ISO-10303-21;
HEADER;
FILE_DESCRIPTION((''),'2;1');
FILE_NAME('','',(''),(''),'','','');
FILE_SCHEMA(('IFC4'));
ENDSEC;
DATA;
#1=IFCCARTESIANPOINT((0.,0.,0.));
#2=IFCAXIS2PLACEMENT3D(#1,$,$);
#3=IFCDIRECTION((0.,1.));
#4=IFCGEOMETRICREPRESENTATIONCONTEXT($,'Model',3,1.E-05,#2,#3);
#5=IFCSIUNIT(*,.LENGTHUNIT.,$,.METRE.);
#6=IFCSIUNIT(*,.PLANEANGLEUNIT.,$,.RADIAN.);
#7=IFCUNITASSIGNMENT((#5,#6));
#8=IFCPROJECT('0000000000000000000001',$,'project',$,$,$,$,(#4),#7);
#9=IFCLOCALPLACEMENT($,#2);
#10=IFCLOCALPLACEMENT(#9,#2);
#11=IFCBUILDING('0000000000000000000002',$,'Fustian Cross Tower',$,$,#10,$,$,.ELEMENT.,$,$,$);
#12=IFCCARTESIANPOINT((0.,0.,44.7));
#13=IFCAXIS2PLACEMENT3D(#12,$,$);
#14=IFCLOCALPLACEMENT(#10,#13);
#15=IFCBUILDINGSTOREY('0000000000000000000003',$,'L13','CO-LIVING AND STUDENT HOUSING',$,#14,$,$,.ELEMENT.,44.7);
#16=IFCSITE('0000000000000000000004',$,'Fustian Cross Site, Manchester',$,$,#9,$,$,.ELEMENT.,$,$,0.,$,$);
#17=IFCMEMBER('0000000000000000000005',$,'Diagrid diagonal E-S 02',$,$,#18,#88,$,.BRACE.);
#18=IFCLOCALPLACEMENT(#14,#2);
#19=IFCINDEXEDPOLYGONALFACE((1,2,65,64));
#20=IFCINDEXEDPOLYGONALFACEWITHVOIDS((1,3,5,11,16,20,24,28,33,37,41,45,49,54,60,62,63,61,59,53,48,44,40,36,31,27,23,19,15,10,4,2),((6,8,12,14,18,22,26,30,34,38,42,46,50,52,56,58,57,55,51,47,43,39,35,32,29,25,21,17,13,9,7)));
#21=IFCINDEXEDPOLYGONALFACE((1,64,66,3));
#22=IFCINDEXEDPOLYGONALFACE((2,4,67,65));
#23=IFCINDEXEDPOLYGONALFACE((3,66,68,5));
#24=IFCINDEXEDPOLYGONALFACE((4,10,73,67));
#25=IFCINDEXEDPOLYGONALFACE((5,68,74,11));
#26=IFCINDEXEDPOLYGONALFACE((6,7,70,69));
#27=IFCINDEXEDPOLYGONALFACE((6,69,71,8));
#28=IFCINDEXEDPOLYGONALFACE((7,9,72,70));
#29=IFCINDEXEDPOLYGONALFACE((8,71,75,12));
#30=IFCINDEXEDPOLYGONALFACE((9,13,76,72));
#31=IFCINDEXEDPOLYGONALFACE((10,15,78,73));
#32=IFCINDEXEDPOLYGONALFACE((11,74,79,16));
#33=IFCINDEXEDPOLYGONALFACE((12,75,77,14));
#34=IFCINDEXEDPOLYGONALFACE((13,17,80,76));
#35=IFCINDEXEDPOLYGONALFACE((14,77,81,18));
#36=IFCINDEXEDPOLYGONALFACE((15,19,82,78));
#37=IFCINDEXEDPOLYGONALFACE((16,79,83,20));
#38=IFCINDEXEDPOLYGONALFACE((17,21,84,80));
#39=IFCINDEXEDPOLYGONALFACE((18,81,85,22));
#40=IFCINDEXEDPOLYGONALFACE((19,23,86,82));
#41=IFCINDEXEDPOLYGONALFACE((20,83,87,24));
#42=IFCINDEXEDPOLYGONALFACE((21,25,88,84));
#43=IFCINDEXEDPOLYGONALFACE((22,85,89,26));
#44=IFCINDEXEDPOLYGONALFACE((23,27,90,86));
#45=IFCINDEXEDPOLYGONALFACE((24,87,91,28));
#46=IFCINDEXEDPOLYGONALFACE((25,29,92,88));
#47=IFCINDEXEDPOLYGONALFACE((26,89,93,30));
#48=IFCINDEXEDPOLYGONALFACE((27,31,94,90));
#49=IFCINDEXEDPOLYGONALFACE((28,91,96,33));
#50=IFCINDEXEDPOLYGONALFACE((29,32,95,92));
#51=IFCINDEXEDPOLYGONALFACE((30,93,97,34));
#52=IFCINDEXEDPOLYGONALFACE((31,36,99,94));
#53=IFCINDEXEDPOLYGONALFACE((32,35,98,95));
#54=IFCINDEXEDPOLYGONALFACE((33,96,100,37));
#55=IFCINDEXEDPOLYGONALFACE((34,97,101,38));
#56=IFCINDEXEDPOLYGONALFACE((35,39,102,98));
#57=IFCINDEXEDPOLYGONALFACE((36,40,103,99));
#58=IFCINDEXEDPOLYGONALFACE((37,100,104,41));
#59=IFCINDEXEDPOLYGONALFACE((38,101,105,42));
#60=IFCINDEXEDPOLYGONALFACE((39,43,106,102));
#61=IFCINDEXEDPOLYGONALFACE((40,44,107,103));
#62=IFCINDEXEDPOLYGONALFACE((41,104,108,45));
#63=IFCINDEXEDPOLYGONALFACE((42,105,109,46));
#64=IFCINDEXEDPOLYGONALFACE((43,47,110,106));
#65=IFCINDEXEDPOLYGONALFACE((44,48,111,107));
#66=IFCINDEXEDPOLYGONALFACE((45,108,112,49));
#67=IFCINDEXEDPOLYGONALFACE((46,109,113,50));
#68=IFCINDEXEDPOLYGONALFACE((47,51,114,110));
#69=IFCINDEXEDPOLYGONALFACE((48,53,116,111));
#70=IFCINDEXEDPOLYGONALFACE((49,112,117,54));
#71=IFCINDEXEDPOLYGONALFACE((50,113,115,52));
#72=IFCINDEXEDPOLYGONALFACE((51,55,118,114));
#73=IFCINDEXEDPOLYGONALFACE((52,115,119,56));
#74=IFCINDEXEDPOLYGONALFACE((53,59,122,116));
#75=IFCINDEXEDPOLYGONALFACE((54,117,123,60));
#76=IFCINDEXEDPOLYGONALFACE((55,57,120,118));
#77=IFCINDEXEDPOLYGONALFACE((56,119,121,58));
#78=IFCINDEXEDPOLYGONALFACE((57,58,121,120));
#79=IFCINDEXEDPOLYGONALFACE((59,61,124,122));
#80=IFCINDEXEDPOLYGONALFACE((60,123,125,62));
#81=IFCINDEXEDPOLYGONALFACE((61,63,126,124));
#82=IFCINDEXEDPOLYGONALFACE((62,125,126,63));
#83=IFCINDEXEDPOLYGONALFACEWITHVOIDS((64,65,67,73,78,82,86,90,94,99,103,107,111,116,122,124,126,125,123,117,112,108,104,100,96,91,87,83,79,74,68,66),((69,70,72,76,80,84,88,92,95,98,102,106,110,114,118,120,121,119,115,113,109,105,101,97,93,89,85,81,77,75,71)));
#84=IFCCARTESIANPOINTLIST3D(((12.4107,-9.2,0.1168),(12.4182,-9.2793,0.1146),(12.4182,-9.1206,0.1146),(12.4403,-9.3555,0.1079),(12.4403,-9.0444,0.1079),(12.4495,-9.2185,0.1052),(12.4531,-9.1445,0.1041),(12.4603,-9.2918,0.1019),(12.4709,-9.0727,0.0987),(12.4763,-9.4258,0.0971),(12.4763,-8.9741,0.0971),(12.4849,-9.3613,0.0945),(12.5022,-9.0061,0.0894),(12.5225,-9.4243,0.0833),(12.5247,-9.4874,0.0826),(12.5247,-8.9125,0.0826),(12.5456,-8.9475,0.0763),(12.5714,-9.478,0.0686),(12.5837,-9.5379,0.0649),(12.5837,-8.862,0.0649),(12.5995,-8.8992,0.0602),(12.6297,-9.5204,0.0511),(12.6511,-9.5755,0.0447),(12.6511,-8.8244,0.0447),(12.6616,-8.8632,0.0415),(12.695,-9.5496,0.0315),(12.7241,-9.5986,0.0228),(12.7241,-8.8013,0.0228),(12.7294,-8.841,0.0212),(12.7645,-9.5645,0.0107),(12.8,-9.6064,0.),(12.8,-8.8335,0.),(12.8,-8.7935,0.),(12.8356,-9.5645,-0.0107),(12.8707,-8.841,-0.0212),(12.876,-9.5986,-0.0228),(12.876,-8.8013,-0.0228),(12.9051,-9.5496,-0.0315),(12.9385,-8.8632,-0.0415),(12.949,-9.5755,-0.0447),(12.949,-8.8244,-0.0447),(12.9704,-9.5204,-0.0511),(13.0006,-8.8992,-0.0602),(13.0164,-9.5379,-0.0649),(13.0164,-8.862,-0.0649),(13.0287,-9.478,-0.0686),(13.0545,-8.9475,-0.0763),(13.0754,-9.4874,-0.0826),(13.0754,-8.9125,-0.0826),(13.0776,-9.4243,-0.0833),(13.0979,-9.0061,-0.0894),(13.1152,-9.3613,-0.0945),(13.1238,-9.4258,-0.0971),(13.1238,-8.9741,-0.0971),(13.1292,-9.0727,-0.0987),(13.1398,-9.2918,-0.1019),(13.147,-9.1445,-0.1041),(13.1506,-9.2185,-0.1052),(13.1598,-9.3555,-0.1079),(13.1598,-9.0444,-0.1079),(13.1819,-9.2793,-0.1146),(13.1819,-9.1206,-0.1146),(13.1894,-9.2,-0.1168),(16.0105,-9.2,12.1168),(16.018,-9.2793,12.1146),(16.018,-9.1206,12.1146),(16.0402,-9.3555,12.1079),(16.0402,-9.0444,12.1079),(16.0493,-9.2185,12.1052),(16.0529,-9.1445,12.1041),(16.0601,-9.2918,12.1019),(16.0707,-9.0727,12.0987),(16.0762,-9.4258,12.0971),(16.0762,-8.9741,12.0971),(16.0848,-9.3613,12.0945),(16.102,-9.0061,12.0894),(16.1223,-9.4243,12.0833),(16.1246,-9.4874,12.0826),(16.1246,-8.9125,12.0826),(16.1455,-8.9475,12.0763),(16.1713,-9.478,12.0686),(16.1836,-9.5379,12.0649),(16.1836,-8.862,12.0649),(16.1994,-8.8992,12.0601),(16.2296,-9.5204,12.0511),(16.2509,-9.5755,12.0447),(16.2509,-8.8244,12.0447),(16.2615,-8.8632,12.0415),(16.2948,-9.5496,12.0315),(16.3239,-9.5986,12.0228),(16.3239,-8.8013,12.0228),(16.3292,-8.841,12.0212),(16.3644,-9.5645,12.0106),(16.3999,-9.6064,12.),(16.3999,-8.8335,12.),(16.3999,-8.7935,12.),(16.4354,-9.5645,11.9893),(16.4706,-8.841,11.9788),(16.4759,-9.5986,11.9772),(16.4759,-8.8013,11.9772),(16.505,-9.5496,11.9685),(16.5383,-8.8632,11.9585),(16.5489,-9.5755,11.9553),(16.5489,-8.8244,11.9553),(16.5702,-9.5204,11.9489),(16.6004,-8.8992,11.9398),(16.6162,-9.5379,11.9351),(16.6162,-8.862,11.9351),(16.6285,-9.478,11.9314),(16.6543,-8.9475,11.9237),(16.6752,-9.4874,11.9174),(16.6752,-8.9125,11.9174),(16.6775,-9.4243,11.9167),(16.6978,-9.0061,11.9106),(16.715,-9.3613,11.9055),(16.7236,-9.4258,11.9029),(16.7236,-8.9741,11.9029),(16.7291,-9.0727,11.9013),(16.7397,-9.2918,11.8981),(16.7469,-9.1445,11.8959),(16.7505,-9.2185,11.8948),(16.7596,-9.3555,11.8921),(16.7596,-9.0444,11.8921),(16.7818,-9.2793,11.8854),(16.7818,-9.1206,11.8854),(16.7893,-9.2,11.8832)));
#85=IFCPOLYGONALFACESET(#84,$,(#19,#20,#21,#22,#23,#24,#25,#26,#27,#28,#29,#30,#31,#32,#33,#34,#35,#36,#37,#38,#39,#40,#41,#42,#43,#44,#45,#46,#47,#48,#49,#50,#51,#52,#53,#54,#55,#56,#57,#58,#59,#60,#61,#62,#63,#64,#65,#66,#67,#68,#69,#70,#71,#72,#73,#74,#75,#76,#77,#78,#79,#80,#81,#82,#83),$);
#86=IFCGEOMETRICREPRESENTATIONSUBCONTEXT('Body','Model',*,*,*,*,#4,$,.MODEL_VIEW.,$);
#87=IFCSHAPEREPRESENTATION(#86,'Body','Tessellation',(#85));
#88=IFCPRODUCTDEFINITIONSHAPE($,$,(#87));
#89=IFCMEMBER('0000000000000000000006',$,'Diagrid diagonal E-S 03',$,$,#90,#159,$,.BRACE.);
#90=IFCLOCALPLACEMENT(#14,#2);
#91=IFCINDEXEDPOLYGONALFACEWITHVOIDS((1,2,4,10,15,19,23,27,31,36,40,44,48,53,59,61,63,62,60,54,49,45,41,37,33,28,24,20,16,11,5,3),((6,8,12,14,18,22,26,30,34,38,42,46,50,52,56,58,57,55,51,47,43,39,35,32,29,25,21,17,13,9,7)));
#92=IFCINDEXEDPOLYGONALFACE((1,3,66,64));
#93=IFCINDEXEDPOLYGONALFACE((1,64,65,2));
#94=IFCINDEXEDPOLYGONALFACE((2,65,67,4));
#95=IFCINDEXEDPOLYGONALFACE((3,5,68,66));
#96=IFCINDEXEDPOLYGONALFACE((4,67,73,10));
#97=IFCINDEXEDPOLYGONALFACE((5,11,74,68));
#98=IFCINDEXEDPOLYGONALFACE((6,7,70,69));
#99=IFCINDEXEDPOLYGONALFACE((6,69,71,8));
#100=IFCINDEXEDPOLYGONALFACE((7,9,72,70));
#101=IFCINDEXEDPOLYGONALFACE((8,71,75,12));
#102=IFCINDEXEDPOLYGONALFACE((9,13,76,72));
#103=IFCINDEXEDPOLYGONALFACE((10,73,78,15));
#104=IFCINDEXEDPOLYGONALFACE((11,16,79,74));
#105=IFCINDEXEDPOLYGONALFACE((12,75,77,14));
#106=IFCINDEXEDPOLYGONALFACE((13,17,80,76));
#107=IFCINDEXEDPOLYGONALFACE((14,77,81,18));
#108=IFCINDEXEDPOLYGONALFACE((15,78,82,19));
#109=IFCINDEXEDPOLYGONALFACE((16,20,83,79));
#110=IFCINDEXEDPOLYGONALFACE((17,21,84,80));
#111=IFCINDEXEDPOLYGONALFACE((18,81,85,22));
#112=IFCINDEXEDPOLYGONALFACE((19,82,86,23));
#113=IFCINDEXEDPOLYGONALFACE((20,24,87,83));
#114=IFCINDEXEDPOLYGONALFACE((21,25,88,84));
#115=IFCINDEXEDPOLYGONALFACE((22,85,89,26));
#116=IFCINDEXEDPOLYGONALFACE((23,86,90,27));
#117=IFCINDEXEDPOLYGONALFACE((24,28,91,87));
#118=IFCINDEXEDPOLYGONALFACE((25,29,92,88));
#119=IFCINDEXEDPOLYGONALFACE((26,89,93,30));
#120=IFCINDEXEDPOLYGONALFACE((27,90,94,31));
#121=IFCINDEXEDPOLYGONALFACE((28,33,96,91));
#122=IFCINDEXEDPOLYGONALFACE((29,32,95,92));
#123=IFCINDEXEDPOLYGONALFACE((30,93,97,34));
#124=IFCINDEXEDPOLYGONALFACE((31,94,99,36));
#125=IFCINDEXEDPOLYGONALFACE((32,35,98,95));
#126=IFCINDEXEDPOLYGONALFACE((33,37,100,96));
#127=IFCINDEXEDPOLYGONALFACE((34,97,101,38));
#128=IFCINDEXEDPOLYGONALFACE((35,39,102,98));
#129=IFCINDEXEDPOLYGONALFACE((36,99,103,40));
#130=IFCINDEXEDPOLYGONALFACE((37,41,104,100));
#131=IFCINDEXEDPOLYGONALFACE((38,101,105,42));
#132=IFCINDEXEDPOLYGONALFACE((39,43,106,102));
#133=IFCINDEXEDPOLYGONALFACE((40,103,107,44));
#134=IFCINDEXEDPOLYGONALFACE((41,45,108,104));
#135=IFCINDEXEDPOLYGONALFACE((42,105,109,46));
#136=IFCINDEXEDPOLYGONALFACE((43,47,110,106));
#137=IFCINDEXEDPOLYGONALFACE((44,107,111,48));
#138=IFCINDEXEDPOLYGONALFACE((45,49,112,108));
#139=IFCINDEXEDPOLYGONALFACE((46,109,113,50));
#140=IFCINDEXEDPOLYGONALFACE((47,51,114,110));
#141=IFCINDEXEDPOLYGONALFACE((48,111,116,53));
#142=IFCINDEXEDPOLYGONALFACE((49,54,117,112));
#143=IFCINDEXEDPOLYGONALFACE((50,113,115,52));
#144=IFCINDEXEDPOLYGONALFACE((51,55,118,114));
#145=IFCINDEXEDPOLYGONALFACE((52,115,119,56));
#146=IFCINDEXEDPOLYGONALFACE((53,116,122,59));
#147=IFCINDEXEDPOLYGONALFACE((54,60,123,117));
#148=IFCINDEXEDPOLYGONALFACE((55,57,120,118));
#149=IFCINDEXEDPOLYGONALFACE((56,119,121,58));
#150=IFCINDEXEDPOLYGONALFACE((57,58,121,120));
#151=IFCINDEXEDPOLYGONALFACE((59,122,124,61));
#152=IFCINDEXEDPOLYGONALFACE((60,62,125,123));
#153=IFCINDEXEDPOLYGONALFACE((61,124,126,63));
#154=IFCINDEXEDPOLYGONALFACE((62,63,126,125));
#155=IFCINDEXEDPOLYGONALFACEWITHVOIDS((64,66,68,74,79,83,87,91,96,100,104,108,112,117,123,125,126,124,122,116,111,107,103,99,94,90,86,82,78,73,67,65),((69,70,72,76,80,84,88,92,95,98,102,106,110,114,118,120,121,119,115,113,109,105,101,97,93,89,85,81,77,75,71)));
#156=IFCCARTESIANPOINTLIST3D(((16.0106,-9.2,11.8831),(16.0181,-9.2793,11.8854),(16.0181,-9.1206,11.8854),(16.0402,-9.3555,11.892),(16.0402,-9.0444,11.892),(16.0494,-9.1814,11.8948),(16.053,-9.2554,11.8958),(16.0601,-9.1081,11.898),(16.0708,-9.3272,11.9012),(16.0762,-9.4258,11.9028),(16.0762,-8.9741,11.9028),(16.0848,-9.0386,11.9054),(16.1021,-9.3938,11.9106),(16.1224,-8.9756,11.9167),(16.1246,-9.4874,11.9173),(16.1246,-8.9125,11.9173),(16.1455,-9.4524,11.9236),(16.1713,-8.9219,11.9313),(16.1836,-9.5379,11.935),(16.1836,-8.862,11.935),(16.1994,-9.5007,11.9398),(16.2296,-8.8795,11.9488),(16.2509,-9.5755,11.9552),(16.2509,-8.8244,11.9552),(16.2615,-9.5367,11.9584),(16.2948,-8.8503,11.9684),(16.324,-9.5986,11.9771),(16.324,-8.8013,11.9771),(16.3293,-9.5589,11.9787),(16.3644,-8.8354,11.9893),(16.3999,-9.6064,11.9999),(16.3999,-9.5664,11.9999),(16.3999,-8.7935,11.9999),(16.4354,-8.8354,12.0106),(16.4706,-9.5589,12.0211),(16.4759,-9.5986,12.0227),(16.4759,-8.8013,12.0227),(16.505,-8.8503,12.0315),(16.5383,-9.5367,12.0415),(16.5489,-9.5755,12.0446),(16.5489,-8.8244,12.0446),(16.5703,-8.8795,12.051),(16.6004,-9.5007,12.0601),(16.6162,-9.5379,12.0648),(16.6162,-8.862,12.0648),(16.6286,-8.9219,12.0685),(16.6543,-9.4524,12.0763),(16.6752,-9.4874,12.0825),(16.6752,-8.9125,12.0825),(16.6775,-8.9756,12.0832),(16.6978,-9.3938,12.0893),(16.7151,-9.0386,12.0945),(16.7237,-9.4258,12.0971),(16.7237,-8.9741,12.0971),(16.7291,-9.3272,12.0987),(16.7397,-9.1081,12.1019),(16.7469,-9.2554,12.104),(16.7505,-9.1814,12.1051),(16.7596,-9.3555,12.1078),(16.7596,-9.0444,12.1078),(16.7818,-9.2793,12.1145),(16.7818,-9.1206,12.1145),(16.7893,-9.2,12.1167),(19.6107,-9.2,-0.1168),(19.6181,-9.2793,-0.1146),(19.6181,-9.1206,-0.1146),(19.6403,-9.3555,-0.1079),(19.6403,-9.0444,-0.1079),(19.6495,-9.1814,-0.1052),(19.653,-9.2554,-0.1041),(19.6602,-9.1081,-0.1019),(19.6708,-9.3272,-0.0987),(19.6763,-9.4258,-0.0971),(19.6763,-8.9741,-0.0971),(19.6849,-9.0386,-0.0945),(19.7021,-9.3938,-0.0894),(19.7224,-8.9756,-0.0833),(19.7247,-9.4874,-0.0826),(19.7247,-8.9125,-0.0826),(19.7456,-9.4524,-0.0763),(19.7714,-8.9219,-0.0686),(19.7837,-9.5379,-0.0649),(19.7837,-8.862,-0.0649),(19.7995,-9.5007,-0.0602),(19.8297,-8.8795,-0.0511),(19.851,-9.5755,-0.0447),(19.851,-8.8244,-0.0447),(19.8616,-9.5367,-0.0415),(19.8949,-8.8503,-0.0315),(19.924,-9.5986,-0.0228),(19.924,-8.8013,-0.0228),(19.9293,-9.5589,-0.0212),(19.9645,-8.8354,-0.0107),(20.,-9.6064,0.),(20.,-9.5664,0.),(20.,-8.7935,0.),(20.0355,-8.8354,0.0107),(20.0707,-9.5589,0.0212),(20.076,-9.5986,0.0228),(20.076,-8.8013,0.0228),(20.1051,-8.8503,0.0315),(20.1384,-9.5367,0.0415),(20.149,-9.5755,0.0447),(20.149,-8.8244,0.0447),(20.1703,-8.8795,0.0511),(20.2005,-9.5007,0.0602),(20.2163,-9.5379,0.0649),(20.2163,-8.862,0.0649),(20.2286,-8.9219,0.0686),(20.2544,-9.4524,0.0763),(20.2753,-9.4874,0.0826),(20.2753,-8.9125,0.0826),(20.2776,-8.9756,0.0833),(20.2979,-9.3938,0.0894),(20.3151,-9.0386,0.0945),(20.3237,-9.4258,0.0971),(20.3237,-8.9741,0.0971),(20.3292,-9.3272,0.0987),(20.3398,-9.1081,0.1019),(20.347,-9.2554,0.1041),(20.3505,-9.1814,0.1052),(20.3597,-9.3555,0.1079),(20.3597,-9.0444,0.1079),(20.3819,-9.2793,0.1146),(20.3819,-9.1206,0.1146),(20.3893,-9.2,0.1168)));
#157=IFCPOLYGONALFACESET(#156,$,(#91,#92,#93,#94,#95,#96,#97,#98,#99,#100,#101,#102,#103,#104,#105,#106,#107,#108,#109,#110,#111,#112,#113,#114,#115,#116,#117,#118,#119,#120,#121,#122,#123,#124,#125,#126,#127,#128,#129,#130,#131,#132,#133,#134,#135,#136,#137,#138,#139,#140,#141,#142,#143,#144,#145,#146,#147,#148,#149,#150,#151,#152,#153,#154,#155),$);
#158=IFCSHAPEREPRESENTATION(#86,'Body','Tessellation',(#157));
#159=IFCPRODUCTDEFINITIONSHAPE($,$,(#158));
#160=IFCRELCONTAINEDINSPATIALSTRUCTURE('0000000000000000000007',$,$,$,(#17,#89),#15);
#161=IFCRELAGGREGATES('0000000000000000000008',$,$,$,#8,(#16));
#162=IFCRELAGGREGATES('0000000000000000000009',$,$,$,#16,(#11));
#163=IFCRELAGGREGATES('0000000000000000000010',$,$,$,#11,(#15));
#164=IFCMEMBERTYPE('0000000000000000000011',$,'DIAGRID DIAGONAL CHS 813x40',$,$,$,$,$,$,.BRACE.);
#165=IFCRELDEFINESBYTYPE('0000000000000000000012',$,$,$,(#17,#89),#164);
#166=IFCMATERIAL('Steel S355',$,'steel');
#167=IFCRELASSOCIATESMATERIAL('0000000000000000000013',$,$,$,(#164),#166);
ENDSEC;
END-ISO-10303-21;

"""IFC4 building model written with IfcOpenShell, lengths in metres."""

from ifc_helpers import new_model, si_unit, direction, frame, origin, origin_2d, place, context, subcontext, project, spatial, hollow_circle, extrude, material, material_profile, profile_set, type_object, element, save


model = new_model("IFC4")

# Units and contexts
model_context = context("Model", 3, precision=1e-05, world=origin(), true_north=direction((0.0, 1.0)))
body_context = subcontext(model_context, "Body", "Model", "MODEL_VIEW")
ifc_project = project(units=[si_unit("LENGTHUNIT", "METRE"), si_unit("PLANEANGLEUNIT", "RADIAN")], contexts=[model_context])

# Site, building, storey
site_placement = place(None, origin())
site = spatial("IfcSite", under=ifc_project, at=site_placement, Name="Fustian Cross Site, Manchester", CompositionType="ELEMENT", RefElevation=0.0)
building_placement = place(site_placement, origin())
building = spatial("IfcBuilding", under=site, at=building_placement, Name="Fustian Cross Tower", CompositionType="ELEMENT")
storey_placement = place(building_placement, frame((0.0, 0.0, 44.7)))
storey = spatial("IfcBuildingStorey", under=building, at=storey_placement, Name="L13", Description="CO-LIVING AND STUDENT HOUSING", CompositionType="ELEMENT", Elevation=44.7)

# Members
ifc_material_1 = material(Name="Steel S355", Category="steel")
ifc_material_profile_1 = material_profile(ifc_material_1, hollow_circle(Radius=0.4065, WallThickness=0.04, at=origin_2d()), Name="CHS 813x40")
ifc_profile_set_1 = profile_set([ifc_material_profile_1], Name="Steel S355")
member_type_1 = type_object("IfcMemberType", Name="DIAGRID DIAGONAL CHS 813x40", PredefinedType="BRACE", material=ifc_profile_set_1)
for number, where, z_axis, x_axis, name in (
    (1, (12.8, -9.2, 0.0), (0.287337, 0.0, 0.95783), (0.0, 1.0, 0.0), "Diagrid diagonal E-S 02"),
    (2, (20.0, -9.2, 0.0), (-0.287355, 0.0, 0.957824), (0.0, -1.0, 0.0), "Diagrid diagonal E-S 03"),
):
    element("IfcMember", number, at=place(storey_placement, frame(where, z_axis=z_axis, x_axis=x_axis)), inside=storey, type_object=member_type_1, Name=name, PredefinedType="BRACE", context=body_context, shape_type="SweptSolid", body=[
        extrude(hollow_circle(Radius=0.4065, WallThickness=0.04, at=origin_2d()), origin(), (0.0, 0.0, 1.0), 12.5283),
    ])

save(model, "model.ifc")
